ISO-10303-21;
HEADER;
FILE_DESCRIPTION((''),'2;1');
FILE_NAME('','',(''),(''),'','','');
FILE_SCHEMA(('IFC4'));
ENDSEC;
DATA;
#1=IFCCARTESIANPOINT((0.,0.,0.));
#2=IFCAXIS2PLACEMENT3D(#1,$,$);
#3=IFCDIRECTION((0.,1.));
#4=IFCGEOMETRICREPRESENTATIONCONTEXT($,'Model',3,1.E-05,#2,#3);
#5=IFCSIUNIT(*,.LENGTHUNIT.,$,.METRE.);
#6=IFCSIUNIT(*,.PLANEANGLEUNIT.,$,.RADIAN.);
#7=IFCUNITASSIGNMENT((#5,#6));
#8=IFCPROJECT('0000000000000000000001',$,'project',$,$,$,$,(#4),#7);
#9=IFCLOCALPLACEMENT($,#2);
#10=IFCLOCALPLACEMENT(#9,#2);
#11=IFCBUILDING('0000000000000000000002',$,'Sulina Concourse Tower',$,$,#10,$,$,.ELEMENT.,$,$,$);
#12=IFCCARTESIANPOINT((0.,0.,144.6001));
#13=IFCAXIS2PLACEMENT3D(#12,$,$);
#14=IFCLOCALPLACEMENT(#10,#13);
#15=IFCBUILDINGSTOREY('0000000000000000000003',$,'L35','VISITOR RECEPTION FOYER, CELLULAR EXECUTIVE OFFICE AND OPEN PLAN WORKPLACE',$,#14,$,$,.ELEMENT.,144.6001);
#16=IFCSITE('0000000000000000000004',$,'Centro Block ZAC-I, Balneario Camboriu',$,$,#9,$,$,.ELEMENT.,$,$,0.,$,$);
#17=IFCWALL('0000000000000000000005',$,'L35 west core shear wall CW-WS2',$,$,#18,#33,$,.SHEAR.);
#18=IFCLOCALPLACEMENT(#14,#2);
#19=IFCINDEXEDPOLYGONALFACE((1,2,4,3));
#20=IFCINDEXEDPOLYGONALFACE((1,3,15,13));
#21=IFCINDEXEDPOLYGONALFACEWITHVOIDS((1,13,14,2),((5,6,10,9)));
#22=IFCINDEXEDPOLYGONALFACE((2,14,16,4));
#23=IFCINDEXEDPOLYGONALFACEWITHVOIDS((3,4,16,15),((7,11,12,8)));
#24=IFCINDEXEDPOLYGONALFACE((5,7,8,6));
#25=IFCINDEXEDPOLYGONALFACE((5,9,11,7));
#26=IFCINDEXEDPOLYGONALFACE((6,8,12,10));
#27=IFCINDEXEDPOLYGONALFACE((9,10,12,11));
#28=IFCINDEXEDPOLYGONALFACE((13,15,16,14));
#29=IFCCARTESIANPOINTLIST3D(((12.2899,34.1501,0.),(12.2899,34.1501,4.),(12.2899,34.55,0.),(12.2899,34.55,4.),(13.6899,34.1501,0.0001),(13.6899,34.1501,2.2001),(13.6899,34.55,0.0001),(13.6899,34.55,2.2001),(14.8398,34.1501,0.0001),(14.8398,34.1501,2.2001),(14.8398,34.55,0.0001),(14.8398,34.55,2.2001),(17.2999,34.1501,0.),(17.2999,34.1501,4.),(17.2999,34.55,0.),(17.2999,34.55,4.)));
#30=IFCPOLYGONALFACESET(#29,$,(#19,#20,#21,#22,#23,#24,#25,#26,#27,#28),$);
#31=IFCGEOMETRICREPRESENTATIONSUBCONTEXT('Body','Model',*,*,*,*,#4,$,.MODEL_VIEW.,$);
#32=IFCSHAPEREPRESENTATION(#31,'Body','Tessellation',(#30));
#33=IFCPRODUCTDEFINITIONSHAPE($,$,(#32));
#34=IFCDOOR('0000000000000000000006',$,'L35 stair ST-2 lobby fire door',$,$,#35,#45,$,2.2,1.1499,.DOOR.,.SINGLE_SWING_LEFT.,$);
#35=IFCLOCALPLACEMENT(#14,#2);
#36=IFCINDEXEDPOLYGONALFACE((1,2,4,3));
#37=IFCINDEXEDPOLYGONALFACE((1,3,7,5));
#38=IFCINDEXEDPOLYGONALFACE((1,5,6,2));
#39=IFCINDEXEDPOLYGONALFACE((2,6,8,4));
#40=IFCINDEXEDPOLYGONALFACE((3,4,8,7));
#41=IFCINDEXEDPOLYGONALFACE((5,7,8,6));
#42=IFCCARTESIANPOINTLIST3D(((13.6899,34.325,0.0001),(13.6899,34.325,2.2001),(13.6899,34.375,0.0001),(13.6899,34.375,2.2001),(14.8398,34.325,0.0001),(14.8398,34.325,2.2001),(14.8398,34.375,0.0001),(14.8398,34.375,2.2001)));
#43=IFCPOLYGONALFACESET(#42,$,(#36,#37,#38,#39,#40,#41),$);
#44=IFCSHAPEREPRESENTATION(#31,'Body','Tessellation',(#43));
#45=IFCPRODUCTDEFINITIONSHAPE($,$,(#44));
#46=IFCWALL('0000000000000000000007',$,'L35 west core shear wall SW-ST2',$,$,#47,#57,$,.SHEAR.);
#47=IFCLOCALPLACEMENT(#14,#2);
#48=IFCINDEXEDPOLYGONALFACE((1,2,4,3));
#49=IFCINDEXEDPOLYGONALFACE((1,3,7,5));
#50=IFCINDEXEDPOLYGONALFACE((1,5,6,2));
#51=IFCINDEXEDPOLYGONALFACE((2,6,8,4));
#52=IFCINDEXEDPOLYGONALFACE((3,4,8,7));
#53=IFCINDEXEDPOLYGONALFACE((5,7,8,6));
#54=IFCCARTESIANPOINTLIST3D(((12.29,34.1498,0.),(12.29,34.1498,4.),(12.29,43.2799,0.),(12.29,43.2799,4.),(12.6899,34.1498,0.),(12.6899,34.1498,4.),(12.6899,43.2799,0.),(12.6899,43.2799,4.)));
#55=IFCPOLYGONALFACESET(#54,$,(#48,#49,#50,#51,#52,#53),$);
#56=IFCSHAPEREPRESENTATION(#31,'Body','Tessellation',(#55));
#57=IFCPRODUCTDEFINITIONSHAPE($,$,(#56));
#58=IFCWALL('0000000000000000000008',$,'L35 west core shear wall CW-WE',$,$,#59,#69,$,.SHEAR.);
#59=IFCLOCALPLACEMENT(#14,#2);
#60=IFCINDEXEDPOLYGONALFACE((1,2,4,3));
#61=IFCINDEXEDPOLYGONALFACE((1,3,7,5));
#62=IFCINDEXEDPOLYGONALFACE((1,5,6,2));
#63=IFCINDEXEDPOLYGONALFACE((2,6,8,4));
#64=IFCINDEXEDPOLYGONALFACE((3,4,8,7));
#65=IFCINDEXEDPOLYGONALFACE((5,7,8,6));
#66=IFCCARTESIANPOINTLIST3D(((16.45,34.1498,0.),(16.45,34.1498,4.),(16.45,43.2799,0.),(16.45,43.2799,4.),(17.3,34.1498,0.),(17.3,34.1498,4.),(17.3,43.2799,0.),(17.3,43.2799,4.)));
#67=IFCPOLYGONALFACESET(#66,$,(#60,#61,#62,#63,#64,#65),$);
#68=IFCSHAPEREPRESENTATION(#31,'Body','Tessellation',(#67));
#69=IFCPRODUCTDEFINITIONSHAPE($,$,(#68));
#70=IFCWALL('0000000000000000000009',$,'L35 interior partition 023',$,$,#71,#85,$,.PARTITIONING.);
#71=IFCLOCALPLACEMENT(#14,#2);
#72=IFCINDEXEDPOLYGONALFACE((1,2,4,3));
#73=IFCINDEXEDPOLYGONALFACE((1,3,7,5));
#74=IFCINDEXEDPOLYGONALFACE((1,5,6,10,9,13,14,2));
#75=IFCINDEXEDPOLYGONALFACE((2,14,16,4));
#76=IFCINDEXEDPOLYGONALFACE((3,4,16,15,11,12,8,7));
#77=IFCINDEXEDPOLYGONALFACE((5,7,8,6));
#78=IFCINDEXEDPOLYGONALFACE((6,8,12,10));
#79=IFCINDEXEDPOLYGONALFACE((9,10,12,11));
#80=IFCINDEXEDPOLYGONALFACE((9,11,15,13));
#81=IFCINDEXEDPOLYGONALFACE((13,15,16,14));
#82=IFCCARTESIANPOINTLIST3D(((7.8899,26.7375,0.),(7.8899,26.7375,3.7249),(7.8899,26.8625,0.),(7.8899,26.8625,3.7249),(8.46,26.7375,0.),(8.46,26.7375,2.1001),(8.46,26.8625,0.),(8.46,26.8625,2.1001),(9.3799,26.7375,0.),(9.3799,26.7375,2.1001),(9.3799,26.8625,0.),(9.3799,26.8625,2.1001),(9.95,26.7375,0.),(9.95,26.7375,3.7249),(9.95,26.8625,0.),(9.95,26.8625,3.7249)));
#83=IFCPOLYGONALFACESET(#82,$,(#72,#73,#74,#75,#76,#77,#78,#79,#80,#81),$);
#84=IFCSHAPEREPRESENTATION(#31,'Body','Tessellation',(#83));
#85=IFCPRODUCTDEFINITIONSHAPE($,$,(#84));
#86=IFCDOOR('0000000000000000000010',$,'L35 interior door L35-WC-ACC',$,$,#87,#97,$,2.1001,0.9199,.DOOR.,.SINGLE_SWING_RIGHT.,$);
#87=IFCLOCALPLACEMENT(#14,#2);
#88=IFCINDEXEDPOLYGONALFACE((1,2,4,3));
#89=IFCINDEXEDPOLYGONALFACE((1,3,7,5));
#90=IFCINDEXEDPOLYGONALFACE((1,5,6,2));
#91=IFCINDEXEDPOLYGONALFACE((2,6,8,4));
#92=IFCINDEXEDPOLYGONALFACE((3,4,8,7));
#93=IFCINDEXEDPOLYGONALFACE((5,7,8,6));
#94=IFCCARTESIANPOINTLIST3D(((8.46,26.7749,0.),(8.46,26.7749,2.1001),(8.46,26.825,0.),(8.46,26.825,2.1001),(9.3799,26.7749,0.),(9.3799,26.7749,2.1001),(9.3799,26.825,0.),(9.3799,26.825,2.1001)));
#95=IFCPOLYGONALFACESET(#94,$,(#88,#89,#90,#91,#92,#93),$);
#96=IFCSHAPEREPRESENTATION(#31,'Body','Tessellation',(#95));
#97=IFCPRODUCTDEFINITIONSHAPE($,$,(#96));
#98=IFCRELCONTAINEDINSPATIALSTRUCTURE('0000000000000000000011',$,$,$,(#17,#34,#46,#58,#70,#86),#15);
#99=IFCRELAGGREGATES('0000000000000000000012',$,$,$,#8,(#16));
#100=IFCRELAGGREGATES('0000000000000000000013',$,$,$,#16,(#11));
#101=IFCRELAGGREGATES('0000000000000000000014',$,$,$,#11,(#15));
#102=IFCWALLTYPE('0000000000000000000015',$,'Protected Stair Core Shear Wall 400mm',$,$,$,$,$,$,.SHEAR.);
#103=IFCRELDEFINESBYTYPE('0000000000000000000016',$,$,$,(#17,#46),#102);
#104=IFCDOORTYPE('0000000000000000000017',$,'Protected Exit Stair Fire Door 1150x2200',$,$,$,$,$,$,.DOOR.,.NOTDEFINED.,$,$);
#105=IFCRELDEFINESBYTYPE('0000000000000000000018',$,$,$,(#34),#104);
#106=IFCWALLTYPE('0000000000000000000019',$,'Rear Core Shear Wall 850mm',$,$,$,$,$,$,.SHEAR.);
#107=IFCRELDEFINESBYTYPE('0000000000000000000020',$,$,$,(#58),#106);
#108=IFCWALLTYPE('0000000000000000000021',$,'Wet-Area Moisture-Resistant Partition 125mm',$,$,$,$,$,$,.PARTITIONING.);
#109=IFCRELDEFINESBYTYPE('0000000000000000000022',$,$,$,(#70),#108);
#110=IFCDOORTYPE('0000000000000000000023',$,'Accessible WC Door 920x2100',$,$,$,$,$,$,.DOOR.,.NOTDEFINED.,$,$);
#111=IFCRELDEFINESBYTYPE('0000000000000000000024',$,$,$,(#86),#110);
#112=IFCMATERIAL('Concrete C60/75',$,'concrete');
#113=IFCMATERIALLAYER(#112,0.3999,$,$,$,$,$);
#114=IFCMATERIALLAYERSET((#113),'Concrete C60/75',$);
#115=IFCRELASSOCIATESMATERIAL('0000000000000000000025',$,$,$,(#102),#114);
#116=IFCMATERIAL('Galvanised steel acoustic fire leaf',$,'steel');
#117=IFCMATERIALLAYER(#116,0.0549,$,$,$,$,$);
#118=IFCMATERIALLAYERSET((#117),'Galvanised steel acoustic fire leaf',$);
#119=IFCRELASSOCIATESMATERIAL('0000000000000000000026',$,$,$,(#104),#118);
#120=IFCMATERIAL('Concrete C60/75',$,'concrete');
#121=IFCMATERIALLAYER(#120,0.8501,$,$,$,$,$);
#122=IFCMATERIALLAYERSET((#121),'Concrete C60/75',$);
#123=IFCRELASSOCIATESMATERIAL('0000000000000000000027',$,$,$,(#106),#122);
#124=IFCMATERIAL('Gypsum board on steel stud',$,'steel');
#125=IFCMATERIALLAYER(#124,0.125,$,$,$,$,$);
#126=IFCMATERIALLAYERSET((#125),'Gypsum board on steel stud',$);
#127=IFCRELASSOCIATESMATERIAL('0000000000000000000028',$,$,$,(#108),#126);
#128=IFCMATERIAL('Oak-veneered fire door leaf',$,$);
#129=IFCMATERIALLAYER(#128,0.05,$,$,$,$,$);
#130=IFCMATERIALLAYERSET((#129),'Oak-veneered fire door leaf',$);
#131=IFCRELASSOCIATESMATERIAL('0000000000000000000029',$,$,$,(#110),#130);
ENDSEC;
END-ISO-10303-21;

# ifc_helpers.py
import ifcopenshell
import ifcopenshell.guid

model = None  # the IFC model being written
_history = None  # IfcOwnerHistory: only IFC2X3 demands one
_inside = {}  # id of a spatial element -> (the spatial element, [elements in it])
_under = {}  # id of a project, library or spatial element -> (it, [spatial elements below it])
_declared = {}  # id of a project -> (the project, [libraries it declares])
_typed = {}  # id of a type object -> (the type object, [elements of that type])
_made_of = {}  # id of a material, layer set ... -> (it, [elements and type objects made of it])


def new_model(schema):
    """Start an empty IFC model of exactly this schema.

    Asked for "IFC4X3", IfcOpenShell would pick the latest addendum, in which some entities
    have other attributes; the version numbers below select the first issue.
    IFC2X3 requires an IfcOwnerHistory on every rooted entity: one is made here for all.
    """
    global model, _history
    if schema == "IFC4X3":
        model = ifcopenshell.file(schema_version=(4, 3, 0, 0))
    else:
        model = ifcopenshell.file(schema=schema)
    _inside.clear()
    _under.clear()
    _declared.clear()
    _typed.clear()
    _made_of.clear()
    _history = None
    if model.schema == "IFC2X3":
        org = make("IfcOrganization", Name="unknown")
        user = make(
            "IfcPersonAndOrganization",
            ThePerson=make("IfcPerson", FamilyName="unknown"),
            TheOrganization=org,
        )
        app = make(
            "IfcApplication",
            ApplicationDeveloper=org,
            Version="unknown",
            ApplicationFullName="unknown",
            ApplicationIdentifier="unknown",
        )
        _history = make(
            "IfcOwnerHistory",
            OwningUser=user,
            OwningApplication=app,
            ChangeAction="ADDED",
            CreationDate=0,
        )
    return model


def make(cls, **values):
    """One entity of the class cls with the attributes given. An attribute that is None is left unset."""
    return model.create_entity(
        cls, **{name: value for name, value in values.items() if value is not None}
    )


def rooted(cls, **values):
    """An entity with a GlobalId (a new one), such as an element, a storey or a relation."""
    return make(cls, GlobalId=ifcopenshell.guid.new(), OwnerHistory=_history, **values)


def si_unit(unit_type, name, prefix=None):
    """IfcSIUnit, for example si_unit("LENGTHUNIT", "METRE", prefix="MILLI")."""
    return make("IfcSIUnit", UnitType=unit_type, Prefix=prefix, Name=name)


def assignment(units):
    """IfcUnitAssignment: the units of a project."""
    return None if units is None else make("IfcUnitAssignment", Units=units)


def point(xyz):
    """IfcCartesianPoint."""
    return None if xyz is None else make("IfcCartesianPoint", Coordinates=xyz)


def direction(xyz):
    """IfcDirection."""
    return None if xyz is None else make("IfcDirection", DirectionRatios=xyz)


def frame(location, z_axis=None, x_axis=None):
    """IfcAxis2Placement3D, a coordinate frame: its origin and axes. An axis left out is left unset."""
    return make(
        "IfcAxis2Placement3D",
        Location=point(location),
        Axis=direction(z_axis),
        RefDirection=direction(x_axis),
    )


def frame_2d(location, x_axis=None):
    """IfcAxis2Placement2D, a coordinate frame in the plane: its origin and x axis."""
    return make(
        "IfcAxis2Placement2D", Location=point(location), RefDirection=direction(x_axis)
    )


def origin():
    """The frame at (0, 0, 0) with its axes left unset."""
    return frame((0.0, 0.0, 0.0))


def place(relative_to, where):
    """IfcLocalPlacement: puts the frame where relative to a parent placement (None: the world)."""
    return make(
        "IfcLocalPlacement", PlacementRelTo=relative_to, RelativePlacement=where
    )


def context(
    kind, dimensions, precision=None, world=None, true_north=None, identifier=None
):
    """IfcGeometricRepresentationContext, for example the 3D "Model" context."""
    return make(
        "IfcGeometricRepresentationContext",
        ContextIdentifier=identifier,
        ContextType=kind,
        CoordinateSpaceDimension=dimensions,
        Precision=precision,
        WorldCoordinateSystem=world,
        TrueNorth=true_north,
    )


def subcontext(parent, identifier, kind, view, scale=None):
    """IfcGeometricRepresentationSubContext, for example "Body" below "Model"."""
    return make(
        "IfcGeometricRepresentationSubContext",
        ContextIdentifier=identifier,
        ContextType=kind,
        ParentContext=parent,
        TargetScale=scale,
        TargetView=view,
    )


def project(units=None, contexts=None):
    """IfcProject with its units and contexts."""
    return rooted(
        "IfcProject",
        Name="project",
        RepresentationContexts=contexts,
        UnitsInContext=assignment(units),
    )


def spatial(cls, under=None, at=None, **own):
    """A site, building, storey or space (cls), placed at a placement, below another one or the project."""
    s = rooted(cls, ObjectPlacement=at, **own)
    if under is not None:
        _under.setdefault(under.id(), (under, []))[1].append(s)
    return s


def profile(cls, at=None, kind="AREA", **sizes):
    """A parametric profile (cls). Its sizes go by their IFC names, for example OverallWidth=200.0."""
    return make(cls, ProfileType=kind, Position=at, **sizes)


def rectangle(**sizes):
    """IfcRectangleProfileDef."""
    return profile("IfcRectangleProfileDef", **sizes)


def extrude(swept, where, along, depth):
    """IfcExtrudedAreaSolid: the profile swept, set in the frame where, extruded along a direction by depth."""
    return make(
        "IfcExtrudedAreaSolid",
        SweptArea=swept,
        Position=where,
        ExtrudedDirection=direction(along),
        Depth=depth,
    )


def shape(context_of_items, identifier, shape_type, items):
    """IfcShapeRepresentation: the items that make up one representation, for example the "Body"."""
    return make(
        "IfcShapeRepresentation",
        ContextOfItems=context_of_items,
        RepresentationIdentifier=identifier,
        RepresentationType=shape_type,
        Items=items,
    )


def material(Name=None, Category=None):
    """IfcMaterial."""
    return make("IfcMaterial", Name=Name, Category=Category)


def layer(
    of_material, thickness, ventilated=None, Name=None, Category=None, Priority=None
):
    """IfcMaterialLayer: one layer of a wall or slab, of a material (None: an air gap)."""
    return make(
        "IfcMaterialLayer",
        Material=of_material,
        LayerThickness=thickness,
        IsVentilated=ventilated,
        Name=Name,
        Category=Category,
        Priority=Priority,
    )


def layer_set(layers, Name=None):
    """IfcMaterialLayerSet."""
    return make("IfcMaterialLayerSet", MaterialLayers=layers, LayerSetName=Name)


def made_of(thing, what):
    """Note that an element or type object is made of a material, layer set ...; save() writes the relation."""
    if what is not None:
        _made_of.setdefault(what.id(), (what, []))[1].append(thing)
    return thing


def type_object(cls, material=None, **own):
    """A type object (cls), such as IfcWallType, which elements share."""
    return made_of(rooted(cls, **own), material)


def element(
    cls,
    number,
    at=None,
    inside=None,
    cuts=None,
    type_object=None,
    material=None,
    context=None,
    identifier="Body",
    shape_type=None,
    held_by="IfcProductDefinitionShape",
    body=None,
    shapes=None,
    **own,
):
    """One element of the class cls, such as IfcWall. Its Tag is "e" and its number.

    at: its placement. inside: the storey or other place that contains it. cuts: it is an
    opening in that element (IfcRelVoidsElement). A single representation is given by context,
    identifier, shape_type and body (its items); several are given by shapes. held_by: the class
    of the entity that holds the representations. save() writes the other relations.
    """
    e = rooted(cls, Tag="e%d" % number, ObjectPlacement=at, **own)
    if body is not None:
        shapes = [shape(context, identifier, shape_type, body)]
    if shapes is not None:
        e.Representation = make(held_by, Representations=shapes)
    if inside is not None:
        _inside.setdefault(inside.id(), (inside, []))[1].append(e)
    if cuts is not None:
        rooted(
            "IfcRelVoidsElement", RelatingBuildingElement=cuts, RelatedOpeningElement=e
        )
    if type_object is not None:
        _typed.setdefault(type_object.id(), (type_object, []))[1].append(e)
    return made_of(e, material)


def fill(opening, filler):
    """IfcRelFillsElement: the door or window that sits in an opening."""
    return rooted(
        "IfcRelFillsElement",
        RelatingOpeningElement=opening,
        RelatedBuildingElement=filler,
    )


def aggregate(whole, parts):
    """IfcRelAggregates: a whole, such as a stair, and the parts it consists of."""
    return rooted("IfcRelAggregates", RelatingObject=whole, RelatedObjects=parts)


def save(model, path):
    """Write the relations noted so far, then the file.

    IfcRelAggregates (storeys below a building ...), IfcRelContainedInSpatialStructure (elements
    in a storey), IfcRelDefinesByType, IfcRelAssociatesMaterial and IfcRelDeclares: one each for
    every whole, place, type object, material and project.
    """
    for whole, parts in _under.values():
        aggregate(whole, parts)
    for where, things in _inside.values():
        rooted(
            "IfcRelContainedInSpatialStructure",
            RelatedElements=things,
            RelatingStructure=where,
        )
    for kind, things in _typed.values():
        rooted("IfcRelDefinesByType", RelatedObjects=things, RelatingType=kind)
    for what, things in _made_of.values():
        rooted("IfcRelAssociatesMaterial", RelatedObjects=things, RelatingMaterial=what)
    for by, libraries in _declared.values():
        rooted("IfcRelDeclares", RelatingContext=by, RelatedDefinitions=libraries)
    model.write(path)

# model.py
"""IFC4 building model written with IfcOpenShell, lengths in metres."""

from ifc_helpers import new_model, si_unit, direction, frame, frame_2d, origin, place, context, subcontext, project, spatial, rectangle, extrude, material, layer, layer_set, type_object, element, fill, save


model = new_model("IFC4")

# Units and contexts
model_context = context("Model", 3, precision=1e-05, world=origin(), true_north=direction((0.0, 1.0)))
body_context = subcontext(model_context, "Body", "Model", "MODEL_VIEW")
ifc_project = project(units=[si_unit("LENGTHUNIT", "METRE"), si_unit("PLANEANGLEUNIT", "RADIAN")], contexts=[model_context])

# Site, building, storey
site_placement = place(None, origin())
site = spatial("IfcSite", under=ifc_project, at=site_placement, Name="Centro Block ZAC-I, Balneario Camboriu", CompositionType="ELEMENT", RefElevation=0.0)
building_placement = place(site_placement, origin())
building = spatial("IfcBuilding", under=site, at=building_placement, Name="Sulina Concourse Tower", CompositionType="ELEMENT")
storey_placement = place(building_placement, frame((0.0, 0.0, 144.6001)))
storey = spatial("IfcBuildingStorey", under=building, at=storey_placement, Name="L35", Description="VISITOR RECEPTION FOYER, CELLULAR EXECUTIVE OFFICE AND OPEN PLAN WORKPLACE", CompositionType="ELEMENT", Elevation=144.6001)

# Wall, opening, door
ifc_material_1 = material(Name="Concrete C60/75", Category="concrete")
ifc_layer_1 = layer(ifc_material_1, 0.3999)
ifc_layer_set_1 = layer_set([ifc_layer_1], Name="Concrete C60/75")
wall_type_1 = type_object("IfcWallType", Name="Protected Stair Core Shear Wall 400mm", PredefinedType="SHEAR", material=ifc_layer_set_1)
wall_1_placement = place(storey_placement, frame((12.29, 34.3501, 0.0), z_axis=(0.0, 0.0, 1.0), x_axis=(1.0, 0.0, 0.0)))
wall_1 = element("IfcWall", 1, at=wall_1_placement, inside=storey, type_object=wall_type_1, Name="L35 west core shear wall CW-WS2", PredefinedType="SHEAR", context=body_context, shape_type="SweptSolid", body=[
    extrude(rectangle(XDim=5.01, YDim=0.3999, at=frame_2d((2.5049, 0.0))), origin(), (0.0, 0.0, 1.0), 4.0),
])
opening_1_placement = place(wall_1_placement, frame((1.3999, 0.0, 0.0)))
opening_1 = element("IfcOpeningElement", 2, at=opening_1_placement, cuts=wall_1, PredefinedType="OPENING", context=body_context, shape_type="SweptSolid", body=[
    extrude(rectangle(XDim=1.1499, YDim=2.2, at=frame_2d((0.575, 1.1001))), frame((0.0, 0.21, 0.0), z_axis=(0.0, -1.0, 0.0), x_axis=(1.0, 0.0, 0.0)), (0.0, 0.0, 1.0), 0.4199),
])
ifc_material_2 = material(Name="Galvanised steel acoustic fire leaf", Category="steel")
ifc_layer_2 = layer(ifc_material_2, 0.0549)
ifc_layer_set_2 = layer_set([ifc_layer_2], Name="Galvanised steel acoustic fire leaf")
door_type_1 = type_object("IfcDoorType", Name="Protected Exit Stair Fire Door 1150x2200", OperationType="NOTDEFINED", PredefinedType="DOOR", material=ifc_layer_set_2)
door_1_placement = place(opening_1_placement, origin())
door_1 = element("IfcDoor", 3, at=door_1_placement, inside=storey, type_object=door_type_1, Name="L35 stair ST-2 lobby fire door", OperationType="SINGLE_SWING_LEFT", OverallHeight=2.2, OverallWidth=1.1499, PredefinedType="DOOR", context=body_context, shape_type="SweptSolid", body=[
    extrude(rectangle(XDim=1.1499, YDim=2.2, at=frame_2d((0.575, 1.1001))), frame((0.0, 0.0249, 0.0), z_axis=(0.0, -1.0, 0.0), x_axis=(1.0, 0.0, 0.0)), (0.0, 0.0, 1.0), 0.05),
])
fill(opening_1, door_1)

# Walls
wall_2_placement = place(storey_placement, frame((12.49, 34.1499, 0.0), z_axis=(0.0, 0.0, 1.0), x_axis=(0.0, 1.0, 0.0)))
element("IfcWall", 4, at=wall_2_placement, inside=storey, type_object=wall_type_1, Name="L35 west core shear wall SW-ST2", PredefinedType="SHEAR", context=body_context, shape_type="SweptSolid", body=[
    extrude(rectangle(XDim=9.1301, YDim=0.3999, at=frame_2d((4.5649, 0.0))), origin(), (0.0, 0.0, 1.0), 4.0),
])
ifc_material_3 = material(Name="Concrete C60/75", Category="concrete")
ifc_layer_3 = layer(ifc_material_3, 0.8501)
ifc_layer_set_3 = layer_set([ifc_layer_3], Name="Concrete C60/75")
wall_type_2 = type_object("IfcWallType", Name="Rear Core Shear Wall 850mm", PredefinedType="SHEAR", material=ifc_layer_set_3)
wall_3_placement = place(storey_placement, frame((16.875, 34.1499, 0.0), z_axis=(0.0, 0.0, 1.0), x_axis=(0.0, 1.0, 0.0)))
element("IfcWall", 5, at=wall_3_placement, inside=storey, type_object=wall_type_2, Name="L35 west core shear wall CW-WE", PredefinedType="SHEAR", context=body_context, shape_type="SweptSolid", body=[
    extrude(rectangle(XDim=9.1301, YDim=0.8501, at=frame_2d((4.5649, 0.0))), origin(), (0.0, 0.0, 1.0), 4.0),
])

# Wall, opening, door
ifc_material_4 = material(Name="Gypsum board on steel stud", Category="steel")
ifc_layer_4 = layer(ifc_material_4, 0.125)
ifc_layer_set_4 = layer_set([ifc_layer_4], Name="Gypsum board on steel stud")
wall_type_3 = type_object("IfcWallType", Name="Wet-Area Moisture-Resistant Partition 125mm", PredefinedType="PARTITIONING", material=ifc_layer_set_4)
wall_4_placement = place(storey_placement, frame((7.8899, 26.8, 0.0), z_axis=(0.0, 0.0, 1.0), x_axis=(1.0, 0.0, 0.0)))
wall_4 = element("IfcWall", 6, at=wall_4_placement, inside=storey, type_object=wall_type_3, Name="L35 interior partition 023", PredefinedType="PARTITIONING", context=body_context, shape_type="SweptSolid", body=[
    extrude(rectangle(XDim=2.0601, YDim=0.125, at=frame_2d((1.03, 0.0))), origin(), (0.0, 0.0, 1.0), 3.7249),
])
opening_2_placement = place(wall_4_placement, frame((0.5701, 0.0, 0.0)))
opening_2 = element("IfcOpeningElement", 7, at=opening_2_placement, cuts=wall_4, PredefinedType="OPENING", context=body_context, shape_type="SweptSolid", body=[
    extrude(rectangle(XDim=0.9199, YDim=2.1001, at=frame_2d((0.46, 1.05))), frame((0.0, 0.0725, 0.0), z_axis=(0.0, -1.0, 0.0), x_axis=(1.0, 0.0, 0.0)), (0.0, 0.0, 1.0), 0.145),
])
ifc_material_5 = material(Name="Oak-veneered fire door leaf")
ifc_layer_5 = layer(ifc_material_5, 0.05)
ifc_layer_set_5 = layer_set([ifc_layer_5], Name="Oak-veneered fire door leaf")
door_type_2 = type_object("IfcDoorType", Name="Accessible WC Door 920x2100", OperationType="NOTDEFINED", PredefinedType="DOOR", material=ifc_layer_set_5)
door_2_placement = place(opening_2_placement, origin())
door_2 = element("IfcDoor", 8, at=door_2_placement, inside=storey, type_object=door_type_2, Name="L35 interior door L35-WC-ACC", OperationType="SINGLE_SWING_RIGHT", OverallHeight=2.1001, OverallWidth=0.9199, PredefinedType="DOOR", context=body_context, shape_type="SweptSolid", body=[
    extrude(rectangle(XDim=0.9199, YDim=2.1001, at=frame_2d((0.46, 1.05))), frame((0.0, 0.0249, 0.0), z_axis=(0.0, -1.0, 0.0), x_axis=(1.0, 0.0, 0.0)), (0.0, 0.0, 1.0), 0.05),
])
fill(opening_2, door_2)

save(model, "model.ifc")
